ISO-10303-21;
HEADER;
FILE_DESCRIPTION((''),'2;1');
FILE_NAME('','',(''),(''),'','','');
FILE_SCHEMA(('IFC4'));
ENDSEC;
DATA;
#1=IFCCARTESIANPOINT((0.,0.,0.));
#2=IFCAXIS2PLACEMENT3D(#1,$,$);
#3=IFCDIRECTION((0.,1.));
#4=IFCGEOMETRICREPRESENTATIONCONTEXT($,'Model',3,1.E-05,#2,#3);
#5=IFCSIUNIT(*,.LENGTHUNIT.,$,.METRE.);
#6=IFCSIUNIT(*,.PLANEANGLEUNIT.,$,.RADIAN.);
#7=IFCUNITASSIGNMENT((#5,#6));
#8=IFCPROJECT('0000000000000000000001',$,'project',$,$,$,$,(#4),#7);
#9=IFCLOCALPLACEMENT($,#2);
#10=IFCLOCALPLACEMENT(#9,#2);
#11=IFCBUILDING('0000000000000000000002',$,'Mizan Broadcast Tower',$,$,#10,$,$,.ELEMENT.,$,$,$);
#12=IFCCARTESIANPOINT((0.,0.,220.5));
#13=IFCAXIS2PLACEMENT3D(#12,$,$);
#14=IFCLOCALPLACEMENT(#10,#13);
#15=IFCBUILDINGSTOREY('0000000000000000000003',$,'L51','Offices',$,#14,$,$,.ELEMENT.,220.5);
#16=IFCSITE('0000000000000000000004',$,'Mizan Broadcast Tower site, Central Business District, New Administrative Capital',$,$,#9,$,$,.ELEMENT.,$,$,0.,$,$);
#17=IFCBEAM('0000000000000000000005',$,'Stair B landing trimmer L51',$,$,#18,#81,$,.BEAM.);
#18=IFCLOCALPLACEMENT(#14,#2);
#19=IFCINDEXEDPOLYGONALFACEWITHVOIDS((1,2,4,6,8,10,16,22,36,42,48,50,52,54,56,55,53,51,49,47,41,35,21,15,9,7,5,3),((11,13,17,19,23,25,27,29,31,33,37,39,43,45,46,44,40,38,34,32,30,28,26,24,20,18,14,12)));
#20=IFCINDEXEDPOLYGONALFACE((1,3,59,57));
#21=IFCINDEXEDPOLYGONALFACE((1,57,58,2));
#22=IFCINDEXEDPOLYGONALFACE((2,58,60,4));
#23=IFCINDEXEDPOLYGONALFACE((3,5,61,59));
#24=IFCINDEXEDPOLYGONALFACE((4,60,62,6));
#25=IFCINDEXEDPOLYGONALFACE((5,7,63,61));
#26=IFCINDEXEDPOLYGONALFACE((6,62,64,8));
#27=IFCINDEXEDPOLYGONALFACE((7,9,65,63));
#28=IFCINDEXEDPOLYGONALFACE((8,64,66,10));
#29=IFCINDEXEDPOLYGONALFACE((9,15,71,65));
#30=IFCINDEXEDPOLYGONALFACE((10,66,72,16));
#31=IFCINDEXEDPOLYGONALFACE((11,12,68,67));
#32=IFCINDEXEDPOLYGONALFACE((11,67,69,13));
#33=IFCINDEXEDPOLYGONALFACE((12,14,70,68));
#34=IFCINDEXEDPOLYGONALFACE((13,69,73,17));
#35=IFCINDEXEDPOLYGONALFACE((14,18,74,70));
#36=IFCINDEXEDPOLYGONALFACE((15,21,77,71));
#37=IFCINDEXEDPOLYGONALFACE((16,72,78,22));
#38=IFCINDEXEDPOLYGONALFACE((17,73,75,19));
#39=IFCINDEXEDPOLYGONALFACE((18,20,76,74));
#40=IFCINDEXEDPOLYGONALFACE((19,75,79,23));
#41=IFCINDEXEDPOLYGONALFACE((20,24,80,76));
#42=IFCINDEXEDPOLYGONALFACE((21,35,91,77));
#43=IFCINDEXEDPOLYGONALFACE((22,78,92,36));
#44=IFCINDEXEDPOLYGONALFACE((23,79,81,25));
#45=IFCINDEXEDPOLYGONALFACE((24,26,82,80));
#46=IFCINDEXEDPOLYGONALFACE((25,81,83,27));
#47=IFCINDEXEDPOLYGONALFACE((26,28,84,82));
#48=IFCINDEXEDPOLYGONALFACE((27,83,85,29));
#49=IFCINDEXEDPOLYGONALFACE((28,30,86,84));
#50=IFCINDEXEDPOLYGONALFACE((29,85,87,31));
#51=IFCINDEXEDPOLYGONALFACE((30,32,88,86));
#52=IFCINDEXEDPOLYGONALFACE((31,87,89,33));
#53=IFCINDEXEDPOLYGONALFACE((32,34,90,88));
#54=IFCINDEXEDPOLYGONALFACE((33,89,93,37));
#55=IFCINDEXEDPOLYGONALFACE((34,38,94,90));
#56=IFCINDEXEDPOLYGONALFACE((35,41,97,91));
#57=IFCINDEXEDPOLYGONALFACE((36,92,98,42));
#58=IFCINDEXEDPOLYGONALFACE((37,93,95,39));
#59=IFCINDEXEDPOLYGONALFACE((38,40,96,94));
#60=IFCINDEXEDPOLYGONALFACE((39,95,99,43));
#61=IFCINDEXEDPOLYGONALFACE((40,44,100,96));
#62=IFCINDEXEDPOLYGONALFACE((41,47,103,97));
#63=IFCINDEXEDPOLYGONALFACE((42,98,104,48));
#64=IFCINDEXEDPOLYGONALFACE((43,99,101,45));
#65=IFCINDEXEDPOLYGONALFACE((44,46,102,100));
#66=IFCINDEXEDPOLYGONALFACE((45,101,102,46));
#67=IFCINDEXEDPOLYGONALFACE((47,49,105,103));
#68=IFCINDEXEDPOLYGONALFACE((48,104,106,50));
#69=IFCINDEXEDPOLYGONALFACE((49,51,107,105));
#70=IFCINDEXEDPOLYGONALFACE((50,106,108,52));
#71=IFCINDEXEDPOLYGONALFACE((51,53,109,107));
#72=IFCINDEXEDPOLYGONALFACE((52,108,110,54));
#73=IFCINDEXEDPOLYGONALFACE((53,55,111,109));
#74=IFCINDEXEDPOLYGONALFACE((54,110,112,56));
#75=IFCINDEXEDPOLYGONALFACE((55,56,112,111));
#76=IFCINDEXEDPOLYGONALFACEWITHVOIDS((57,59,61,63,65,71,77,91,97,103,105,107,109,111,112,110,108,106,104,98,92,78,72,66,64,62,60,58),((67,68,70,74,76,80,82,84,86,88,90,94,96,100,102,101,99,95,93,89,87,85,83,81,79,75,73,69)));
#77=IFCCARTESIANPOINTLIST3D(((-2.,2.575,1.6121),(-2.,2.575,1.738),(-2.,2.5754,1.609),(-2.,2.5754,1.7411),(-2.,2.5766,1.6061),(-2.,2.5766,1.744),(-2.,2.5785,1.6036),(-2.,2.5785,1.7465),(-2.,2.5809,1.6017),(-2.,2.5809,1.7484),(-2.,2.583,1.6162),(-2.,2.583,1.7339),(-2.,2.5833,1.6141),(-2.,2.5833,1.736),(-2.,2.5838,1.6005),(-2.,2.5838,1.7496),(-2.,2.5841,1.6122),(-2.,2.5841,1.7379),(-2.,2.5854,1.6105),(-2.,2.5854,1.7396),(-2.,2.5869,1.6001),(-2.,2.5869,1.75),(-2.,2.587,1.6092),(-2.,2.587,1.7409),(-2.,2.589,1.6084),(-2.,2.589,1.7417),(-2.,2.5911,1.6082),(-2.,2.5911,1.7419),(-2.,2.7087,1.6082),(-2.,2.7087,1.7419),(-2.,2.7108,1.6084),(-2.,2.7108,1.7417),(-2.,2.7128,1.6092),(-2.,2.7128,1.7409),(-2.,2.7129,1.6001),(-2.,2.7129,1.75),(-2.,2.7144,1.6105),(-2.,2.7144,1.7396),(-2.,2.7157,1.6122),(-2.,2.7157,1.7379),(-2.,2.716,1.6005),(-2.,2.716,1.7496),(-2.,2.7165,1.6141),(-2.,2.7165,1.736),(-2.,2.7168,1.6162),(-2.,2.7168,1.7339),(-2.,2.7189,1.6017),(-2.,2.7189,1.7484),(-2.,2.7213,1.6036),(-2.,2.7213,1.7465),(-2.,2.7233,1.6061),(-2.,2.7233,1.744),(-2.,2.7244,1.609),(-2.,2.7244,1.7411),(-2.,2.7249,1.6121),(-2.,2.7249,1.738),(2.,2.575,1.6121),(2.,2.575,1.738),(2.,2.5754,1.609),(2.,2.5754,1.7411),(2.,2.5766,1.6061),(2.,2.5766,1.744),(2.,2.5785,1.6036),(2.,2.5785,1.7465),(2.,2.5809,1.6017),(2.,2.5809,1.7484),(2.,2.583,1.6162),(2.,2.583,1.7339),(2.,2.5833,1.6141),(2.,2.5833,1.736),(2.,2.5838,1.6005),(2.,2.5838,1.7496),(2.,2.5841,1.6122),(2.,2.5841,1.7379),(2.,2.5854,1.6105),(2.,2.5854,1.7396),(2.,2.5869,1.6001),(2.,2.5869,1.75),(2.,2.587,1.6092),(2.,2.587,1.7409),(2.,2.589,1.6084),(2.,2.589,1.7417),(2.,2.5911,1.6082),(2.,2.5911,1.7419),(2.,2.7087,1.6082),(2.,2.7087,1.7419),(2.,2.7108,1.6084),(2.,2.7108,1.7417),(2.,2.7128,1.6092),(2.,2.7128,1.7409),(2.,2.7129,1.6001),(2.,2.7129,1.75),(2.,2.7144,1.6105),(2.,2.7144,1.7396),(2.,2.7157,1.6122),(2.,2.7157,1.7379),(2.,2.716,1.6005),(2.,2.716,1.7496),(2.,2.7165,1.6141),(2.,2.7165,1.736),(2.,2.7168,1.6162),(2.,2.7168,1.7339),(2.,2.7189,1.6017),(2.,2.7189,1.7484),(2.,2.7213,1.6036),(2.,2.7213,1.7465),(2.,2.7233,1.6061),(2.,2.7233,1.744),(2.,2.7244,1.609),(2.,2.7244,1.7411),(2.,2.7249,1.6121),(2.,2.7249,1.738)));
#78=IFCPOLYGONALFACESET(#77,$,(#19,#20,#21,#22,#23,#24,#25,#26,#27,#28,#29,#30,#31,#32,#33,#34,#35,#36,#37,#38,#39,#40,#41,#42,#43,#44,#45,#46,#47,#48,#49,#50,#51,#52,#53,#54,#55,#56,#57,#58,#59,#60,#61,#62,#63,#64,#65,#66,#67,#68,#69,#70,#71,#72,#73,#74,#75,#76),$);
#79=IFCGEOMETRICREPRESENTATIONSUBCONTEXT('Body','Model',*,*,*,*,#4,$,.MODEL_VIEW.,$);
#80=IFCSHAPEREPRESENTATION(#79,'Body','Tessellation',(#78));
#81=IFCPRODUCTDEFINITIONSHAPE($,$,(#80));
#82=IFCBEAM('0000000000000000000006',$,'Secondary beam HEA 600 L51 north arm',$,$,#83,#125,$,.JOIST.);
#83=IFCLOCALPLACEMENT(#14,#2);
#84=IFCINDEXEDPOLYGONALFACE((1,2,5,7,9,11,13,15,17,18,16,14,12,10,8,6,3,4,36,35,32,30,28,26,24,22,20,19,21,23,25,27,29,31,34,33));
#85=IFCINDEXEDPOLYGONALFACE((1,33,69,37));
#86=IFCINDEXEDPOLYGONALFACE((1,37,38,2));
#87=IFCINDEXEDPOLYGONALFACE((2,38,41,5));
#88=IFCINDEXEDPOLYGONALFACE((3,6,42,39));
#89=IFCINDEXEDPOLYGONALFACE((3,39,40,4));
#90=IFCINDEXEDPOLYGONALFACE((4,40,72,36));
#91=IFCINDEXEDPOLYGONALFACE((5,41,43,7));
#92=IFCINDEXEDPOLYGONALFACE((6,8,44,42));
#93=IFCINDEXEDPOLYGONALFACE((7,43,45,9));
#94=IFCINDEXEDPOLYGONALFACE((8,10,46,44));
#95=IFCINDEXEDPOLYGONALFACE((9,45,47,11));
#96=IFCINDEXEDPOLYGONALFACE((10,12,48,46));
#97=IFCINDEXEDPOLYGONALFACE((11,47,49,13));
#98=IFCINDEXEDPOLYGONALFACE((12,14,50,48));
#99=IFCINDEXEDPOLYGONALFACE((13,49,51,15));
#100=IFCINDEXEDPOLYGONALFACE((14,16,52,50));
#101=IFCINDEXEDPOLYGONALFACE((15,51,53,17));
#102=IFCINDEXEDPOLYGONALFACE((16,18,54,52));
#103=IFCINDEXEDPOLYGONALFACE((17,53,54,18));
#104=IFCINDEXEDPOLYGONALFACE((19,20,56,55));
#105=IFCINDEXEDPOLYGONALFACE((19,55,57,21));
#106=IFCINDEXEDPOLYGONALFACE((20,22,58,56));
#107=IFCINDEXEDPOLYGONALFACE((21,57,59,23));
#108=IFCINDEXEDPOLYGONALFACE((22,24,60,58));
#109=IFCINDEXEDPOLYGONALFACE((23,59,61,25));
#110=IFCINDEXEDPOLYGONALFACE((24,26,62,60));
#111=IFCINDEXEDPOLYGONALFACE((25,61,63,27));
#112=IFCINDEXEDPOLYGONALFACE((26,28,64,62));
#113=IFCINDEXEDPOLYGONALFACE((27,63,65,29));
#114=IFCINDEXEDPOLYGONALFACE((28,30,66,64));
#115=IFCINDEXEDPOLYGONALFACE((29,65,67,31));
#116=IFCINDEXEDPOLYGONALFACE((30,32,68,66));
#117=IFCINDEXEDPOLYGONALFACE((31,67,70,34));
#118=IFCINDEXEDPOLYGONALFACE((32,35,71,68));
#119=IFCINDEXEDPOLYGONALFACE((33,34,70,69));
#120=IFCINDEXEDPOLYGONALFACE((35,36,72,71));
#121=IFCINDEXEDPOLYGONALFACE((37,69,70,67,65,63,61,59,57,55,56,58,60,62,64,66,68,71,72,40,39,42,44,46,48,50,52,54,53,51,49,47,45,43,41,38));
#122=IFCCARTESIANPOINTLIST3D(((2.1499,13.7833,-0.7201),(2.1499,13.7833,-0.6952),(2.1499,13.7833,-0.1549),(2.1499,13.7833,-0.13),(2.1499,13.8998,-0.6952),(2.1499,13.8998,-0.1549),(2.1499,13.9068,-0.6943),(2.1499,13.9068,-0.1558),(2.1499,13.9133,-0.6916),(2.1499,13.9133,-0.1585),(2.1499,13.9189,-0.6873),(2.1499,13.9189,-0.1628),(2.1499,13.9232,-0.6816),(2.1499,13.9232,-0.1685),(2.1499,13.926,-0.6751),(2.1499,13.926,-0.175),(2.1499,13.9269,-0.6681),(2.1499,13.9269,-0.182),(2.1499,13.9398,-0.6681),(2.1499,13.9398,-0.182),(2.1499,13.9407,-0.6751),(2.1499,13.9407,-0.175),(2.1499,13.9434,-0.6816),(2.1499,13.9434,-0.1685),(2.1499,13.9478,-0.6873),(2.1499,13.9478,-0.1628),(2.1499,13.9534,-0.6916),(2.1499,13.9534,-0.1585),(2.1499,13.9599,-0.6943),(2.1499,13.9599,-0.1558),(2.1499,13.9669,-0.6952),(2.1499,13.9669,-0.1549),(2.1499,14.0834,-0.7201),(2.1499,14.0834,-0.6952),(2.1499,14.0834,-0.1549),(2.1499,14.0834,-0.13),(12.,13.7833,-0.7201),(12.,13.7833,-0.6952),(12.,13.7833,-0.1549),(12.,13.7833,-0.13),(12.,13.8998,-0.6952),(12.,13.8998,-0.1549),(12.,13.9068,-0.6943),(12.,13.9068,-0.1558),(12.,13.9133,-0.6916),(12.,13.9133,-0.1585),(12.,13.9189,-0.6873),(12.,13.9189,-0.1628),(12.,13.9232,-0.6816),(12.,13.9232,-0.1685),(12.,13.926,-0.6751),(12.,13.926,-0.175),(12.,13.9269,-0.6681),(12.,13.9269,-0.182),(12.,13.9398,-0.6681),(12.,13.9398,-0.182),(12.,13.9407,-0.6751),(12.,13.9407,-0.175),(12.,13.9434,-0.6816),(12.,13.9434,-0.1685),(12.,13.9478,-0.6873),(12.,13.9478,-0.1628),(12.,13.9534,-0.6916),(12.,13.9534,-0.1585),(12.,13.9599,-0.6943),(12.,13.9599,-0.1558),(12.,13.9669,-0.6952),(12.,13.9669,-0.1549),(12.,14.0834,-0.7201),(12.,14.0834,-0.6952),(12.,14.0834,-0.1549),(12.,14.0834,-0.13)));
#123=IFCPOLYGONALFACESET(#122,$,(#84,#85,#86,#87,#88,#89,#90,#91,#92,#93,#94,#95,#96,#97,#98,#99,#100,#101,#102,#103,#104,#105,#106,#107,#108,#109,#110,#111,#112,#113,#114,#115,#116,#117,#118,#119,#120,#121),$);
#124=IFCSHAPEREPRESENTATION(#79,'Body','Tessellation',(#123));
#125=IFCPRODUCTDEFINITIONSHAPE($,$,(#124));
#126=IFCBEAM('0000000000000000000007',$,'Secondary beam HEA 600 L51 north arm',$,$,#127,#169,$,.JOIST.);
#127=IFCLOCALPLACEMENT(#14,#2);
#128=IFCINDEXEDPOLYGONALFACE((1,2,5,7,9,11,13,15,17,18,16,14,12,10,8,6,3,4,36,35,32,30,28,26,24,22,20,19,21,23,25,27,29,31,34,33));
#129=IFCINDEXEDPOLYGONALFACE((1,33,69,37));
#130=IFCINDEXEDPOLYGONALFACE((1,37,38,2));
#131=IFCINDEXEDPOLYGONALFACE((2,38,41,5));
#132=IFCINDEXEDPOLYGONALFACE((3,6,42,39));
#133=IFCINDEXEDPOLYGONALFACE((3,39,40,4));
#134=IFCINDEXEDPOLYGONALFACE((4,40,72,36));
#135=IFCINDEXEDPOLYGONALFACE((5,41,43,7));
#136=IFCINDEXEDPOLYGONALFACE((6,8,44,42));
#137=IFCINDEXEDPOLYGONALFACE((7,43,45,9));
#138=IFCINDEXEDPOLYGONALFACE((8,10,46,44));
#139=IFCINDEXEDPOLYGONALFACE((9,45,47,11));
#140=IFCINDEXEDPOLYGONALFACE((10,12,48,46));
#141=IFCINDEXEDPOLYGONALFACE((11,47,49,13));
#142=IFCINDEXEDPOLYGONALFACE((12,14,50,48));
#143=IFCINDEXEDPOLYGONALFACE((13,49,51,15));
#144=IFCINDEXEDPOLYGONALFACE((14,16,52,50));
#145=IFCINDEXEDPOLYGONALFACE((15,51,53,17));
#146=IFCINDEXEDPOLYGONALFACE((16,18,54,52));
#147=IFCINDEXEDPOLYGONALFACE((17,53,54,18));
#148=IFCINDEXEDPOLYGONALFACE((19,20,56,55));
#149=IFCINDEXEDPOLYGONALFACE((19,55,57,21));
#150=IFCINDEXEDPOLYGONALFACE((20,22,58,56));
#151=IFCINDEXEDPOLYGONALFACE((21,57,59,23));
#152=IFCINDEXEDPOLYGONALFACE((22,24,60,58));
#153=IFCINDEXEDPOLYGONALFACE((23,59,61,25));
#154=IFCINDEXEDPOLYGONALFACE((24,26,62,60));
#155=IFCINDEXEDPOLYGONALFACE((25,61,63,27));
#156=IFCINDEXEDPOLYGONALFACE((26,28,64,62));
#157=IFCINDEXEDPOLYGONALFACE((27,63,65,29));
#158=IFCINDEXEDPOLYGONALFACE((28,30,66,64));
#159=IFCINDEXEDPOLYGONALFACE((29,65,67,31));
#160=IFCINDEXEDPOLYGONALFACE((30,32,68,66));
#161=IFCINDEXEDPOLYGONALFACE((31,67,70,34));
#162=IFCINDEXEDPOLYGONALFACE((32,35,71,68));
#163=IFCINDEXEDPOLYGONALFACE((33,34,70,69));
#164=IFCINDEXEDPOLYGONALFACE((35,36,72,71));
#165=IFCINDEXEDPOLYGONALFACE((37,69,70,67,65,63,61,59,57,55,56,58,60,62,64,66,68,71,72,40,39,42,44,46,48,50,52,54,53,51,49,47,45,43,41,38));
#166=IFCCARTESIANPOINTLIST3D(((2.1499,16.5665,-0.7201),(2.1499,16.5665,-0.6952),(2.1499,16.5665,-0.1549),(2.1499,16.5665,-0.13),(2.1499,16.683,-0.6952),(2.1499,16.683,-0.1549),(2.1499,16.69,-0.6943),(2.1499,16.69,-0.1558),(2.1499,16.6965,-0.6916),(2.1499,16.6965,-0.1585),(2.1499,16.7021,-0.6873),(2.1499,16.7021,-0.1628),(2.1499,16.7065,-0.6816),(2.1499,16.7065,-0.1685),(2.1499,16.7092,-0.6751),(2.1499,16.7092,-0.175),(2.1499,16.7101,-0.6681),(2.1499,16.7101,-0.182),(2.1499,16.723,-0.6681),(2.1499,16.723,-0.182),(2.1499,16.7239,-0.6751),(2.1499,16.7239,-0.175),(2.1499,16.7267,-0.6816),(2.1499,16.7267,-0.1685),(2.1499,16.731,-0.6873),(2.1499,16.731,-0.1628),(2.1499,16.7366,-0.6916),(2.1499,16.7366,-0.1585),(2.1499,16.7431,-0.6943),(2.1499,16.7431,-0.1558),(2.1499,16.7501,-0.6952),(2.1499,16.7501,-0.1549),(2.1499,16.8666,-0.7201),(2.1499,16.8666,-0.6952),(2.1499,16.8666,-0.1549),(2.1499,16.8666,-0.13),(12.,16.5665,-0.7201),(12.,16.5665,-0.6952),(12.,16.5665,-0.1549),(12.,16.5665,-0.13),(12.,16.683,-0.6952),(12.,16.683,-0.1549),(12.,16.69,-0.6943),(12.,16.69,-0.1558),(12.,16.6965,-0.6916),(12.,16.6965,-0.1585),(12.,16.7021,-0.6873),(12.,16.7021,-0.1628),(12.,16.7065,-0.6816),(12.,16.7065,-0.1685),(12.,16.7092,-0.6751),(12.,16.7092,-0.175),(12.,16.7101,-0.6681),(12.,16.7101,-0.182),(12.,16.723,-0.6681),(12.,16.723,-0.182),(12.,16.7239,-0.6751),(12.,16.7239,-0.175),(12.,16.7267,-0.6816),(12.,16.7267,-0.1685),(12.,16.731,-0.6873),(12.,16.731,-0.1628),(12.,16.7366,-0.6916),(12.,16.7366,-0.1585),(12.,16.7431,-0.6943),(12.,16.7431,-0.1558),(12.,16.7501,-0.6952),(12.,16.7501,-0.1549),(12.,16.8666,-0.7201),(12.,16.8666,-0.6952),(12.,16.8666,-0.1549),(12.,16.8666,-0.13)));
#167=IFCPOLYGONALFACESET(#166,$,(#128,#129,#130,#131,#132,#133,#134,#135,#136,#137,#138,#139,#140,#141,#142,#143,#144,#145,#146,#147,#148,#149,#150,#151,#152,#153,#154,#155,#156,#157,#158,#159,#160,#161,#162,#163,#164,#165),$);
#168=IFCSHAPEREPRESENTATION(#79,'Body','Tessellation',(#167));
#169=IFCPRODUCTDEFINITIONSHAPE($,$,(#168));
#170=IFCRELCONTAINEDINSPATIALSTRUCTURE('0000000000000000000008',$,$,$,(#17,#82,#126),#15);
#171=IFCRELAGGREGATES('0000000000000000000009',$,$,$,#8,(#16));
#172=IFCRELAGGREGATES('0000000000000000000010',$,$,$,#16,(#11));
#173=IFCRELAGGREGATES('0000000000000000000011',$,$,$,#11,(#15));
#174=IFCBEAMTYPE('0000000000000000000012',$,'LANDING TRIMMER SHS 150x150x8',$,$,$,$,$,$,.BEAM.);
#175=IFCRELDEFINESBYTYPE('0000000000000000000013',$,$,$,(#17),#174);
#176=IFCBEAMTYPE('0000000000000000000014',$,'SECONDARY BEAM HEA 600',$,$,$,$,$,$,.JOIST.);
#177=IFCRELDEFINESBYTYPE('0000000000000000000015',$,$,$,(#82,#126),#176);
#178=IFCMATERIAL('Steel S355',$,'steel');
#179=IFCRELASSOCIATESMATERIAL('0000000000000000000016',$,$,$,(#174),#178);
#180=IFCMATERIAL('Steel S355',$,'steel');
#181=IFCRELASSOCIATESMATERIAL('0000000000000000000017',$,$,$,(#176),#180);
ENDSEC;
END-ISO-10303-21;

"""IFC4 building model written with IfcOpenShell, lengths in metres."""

from ifc_helpers import new_model, si_unit, direction, frame, origin, origin_2d, place, context, subcontext, project, spatial, hollow_rectangle, i_section, extrude, material, material_profile, profile_set, type_object, element, save


model = new_model("IFC4")

# Units and contexts
model_context = context("Model", 3, precision=1e-05, world=origin(), true_north=direction((0.0, 1.0)))
body_context = subcontext(model_context, "Body", "Model", "MODEL_VIEW")
ifc_project = project(units=[si_unit("LENGTHUNIT", "METRE"), si_unit("PLANEANGLEUNIT", "RADIAN")], contexts=[model_context])

# Site, building, storey
site_placement = place(None, origin())
site = spatial("IfcSite", under=ifc_project, at=site_placement, Name="Mizan Broadcast Tower site, Central Business District, New Administrative Capital", CompositionType="ELEMENT", RefElevation=0.0)
building_placement = place(site_placement, origin())
building = spatial("IfcBuilding", under=site, at=building_placement, Name="Mizan Broadcast Tower", CompositionType="ELEMENT")
storey_placement = place(building_placement, frame((0.0, 0.0, 220.5)))
storey = spatial("IfcBuildingStorey", under=building, at=storey_placement, Name="L51", Description="Offices", CompositionType="ELEMENT", Elevation=220.5)

# Beams
ifc_material_1 = material(Name="Steel S355", Category="steel")
ifc_material_profile_1 = material_profile(ifc_material_1, hollow_rectangle(XDim=0.1499, YDim=0.1499, WallThickness=0.0081, InnerFilletRadius=0.0081, OuterFilletRadius=0.012, at=origin_2d()), Name="SHS 150x150x8")
ifc_profile_set_1 = profile_set([ifc_material_profile_1], Name="Steel S355")
beam_type_1 = type_object("IfcBeamType", Name="LANDING TRIMMER SHS 150x150x8", PredefinedType="BEAM", material=ifc_profile_set_1)
for number, where, z_axis, x_axis, name in (
    (1, (2.0, 2.6499, 1.675), (-1.0, 0.0, 0.0), (0.0, -1.0, 0.0), "Stair B landing trimmer L51"),
):
    element("IfcBeam", number, at=place(storey_placement, frame(where, z_axis=z_axis, x_axis=x_axis)), inside=storey, type_object=beam_type_1, Name=name, PredefinedType="BEAM", context=body_context, shape_type="SweptSolid", body=[
        extrude(hollow_rectangle(XDim=0.1499, YDim=0.1499, WallThickness=0.0081, InnerFilletRadius=0.0081, OuterFilletRadius=0.012, at=origin_2d()), origin(), (0.0, 0.0, 1.0), 4.0),
    ])
ifc_material_2 = material(Name="Steel S355", Category="steel")
ifc_material_profile_2 = material_profile(ifc_material_2, i_section(OverallWidth=0.3, OverallDepth=0.5901, WebThickness=0.0129, FlangeThickness=0.0249, FilletRadius=0.0271, at=origin_2d()), Name="HEA 600")
ifc_profile_set_2 = profile_set([ifc_material_profile_2], Name="Steel S355")
beam_type_2 = type_object("IfcBeamType", Name="SECONDARY BEAM HEA 600", PredefinedType="JOIST", material=ifc_profile_set_2)
for number, where, z_axis, x_axis, name in (
    (2, (12.0, 13.9333, -0.425), (-1.0, 0.0, 0.0), (0.0, -1.0, 0.0), "Secondary beam HEA 600 L51 north arm"),
    (3, (12.0, 16.7166, -0.425), (-1.0, 0.0, 0.0), (0.0, -1.0, 0.0), "Secondary beam HEA 600 L51 north arm"),
):
    element("IfcBeam", number, at=place(storey_placement, frame(where, z_axis=z_axis, x_axis=x_axis)), inside=storey, type_object=beam_type_2, Name=name, PredefinedType="JOIST", context=body_context, shape_type="SweptSolid", body=[
        extrude(i_section(OverallWidth=0.3, OverallDepth=0.5901, WebThickness=0.0129, FlangeThickness=0.0249, FilletRadius=0.0271, at=origin_2d()), origin(), (0.0, 0.0, 1.0), 9.8501),
    ])

save(model, "model.ifc")
